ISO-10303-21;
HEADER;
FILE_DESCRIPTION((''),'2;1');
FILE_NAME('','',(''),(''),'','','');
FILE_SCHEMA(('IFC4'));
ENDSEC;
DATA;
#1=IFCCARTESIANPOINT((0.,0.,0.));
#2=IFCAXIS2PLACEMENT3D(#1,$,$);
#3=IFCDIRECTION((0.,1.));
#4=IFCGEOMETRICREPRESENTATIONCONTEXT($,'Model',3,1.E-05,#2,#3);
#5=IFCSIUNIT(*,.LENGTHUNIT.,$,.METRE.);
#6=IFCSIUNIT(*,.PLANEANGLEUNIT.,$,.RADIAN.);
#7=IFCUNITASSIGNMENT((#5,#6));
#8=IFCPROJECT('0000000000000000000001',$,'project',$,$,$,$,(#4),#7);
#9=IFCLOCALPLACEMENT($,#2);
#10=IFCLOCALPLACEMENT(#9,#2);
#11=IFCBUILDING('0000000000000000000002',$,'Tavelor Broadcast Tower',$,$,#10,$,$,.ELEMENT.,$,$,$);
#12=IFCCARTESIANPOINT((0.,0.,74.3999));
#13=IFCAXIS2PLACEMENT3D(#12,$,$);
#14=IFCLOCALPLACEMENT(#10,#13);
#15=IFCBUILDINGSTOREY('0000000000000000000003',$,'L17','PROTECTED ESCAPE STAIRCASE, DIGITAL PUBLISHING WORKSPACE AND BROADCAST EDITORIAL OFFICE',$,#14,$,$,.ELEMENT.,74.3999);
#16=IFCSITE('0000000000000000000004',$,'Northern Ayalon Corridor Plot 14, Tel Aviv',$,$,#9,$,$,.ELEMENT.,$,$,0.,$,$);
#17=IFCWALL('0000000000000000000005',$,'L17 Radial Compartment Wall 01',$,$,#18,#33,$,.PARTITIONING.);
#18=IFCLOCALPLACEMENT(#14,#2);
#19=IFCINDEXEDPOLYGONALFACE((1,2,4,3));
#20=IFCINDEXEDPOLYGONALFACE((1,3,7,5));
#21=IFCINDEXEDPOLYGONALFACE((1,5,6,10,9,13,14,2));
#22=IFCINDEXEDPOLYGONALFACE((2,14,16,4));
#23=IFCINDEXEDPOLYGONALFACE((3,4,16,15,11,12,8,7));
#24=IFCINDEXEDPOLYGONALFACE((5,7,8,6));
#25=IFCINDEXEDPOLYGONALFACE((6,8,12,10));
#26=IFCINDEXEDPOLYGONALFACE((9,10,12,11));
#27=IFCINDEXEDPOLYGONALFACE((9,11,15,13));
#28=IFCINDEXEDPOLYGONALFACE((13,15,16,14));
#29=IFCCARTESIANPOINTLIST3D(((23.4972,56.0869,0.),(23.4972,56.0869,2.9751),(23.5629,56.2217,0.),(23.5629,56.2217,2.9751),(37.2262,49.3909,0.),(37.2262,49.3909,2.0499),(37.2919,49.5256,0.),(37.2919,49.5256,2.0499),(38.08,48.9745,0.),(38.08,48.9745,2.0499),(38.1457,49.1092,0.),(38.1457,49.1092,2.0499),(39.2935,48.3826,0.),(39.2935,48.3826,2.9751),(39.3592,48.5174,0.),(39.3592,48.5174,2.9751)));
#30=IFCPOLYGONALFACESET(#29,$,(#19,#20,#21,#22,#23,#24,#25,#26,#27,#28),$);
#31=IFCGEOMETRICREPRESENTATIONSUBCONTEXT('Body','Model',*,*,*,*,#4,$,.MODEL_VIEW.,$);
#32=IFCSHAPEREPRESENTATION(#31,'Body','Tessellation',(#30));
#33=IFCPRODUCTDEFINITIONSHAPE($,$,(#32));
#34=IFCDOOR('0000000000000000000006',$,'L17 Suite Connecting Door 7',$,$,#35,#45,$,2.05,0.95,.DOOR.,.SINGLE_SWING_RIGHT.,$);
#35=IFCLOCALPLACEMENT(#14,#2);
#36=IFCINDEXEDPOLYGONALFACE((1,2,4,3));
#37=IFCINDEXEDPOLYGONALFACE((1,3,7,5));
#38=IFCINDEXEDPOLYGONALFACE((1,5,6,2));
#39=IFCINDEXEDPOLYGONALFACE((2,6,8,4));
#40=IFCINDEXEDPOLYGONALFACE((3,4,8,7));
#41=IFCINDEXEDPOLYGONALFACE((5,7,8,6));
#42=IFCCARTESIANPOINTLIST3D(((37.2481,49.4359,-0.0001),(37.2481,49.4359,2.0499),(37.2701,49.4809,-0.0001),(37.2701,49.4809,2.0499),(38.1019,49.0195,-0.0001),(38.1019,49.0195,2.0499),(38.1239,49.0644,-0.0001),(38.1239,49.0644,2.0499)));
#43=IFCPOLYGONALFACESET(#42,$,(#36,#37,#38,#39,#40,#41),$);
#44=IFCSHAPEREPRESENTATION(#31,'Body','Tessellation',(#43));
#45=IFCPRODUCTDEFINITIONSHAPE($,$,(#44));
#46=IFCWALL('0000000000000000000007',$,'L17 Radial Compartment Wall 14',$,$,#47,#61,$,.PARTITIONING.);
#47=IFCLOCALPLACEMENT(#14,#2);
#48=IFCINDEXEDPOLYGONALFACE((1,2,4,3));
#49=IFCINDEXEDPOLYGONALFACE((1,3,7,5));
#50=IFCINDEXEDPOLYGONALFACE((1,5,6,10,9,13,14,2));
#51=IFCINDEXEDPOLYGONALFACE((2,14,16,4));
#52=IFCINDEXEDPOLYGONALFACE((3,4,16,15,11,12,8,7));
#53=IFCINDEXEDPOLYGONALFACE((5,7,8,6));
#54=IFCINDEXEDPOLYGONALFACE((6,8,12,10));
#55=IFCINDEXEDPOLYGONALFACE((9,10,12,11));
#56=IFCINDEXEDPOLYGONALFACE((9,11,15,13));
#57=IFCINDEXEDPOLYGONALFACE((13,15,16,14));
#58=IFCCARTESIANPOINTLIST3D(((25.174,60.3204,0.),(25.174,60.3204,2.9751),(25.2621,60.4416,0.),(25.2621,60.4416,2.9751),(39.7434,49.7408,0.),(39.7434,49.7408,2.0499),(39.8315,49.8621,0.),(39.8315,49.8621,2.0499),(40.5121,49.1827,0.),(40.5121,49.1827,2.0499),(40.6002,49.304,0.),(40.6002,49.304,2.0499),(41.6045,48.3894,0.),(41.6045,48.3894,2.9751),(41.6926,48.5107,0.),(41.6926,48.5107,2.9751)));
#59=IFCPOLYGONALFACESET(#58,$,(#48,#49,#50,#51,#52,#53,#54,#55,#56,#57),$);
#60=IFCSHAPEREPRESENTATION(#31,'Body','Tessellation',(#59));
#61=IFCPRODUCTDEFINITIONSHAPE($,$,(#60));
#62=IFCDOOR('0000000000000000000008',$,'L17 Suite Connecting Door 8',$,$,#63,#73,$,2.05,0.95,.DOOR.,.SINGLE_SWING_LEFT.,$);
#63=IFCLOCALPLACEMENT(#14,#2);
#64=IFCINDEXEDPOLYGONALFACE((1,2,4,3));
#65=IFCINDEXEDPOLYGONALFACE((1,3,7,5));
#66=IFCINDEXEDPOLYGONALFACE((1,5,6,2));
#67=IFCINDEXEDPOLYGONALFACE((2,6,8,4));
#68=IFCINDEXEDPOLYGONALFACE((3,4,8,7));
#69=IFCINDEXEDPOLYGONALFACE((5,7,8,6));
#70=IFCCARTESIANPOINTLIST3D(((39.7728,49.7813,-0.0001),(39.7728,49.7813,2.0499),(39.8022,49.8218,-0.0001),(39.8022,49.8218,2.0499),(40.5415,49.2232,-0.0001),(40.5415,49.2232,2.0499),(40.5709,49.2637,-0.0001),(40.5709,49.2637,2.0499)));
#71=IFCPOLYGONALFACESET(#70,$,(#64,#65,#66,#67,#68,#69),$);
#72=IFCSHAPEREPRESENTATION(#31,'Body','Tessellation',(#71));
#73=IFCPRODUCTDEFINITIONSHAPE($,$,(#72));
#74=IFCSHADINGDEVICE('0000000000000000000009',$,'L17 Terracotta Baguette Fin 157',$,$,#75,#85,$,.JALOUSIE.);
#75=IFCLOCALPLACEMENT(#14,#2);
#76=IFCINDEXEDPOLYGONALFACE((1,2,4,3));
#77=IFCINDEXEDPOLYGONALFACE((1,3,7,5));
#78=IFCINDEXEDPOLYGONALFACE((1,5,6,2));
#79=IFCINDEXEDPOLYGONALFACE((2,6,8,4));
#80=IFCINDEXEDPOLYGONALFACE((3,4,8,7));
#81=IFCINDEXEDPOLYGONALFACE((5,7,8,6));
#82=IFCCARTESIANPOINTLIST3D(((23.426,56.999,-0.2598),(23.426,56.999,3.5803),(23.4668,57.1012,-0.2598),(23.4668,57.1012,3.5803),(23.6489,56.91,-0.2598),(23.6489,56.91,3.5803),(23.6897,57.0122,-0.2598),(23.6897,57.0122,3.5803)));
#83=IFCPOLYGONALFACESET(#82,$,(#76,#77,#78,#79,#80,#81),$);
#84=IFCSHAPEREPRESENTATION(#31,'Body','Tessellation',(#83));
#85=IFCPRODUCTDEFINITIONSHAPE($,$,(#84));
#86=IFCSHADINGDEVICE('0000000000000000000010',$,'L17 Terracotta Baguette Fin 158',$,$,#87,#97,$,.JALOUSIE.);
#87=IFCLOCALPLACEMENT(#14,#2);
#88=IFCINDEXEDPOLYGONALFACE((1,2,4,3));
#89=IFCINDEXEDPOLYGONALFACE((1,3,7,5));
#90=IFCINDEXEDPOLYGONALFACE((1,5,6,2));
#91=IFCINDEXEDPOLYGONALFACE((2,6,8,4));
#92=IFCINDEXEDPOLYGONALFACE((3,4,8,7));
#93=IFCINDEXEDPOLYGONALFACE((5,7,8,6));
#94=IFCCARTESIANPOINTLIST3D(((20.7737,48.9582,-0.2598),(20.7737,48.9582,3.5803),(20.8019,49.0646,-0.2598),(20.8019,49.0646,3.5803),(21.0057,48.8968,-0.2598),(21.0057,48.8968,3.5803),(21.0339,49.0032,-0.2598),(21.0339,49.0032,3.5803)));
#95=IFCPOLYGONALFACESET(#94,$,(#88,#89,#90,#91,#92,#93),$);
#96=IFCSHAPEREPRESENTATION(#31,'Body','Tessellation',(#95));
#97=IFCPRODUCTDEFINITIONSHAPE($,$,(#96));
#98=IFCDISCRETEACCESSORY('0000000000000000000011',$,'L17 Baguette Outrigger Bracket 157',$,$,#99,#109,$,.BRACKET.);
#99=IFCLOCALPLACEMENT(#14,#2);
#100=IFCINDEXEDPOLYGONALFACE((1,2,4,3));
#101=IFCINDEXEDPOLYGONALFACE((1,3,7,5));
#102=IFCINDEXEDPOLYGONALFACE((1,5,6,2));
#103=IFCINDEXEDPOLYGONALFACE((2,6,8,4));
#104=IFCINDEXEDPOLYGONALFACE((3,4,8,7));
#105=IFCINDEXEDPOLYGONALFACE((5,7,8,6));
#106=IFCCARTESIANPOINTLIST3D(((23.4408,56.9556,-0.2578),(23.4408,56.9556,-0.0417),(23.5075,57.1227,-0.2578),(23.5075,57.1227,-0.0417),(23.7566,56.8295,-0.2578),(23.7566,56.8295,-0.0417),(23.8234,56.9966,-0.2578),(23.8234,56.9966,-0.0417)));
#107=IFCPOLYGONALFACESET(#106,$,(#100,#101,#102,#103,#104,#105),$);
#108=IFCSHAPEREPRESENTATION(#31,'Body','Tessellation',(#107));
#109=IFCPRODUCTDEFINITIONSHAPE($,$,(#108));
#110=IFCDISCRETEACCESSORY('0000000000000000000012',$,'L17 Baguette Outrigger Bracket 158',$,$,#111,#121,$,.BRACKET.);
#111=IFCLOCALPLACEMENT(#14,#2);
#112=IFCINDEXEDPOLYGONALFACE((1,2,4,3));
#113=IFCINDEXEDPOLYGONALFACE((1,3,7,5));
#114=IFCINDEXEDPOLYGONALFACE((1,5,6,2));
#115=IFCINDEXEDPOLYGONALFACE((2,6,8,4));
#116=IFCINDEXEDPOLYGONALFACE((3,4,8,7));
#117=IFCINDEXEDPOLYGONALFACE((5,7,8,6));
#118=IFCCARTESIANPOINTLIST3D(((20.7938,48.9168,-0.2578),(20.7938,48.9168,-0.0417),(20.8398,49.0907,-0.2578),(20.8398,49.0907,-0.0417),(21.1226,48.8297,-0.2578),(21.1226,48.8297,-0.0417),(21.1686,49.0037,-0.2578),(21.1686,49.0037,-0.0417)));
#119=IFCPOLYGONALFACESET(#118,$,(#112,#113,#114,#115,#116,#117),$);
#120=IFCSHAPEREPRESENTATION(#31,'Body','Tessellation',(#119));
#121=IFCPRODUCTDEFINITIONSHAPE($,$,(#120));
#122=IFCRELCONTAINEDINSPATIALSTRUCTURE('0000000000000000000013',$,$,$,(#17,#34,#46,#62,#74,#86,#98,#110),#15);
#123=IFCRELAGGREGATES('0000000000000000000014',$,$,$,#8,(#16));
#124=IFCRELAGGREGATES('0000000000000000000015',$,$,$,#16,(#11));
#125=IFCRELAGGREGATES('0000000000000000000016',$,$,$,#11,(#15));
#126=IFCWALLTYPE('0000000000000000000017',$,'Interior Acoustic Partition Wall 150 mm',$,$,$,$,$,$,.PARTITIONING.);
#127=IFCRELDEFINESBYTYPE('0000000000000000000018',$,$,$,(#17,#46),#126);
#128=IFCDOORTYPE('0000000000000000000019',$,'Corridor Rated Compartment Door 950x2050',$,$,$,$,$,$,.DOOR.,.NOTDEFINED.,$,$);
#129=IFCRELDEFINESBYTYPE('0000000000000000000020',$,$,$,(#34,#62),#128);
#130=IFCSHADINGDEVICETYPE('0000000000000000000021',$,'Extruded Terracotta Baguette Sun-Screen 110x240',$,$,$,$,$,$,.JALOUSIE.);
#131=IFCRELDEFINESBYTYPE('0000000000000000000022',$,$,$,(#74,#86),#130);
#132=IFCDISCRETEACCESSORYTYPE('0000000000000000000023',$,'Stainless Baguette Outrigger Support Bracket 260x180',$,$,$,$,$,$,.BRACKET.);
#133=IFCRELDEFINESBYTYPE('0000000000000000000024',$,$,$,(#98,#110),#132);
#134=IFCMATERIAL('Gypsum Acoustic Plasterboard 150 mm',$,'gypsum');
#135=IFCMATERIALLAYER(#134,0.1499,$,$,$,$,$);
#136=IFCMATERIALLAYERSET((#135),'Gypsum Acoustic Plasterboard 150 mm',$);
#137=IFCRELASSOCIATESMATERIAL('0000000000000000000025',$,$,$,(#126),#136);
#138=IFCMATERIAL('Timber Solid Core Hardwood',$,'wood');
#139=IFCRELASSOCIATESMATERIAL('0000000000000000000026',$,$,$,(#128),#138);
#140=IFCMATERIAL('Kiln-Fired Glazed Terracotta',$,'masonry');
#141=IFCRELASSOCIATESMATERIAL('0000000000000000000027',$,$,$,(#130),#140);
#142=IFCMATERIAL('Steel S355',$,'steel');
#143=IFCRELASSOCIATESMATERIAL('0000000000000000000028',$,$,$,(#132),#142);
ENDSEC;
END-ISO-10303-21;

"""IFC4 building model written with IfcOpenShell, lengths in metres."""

from ifc_helpers import new_model, si_unit, direction, frame, frame_2d, origin, origin_2d, place, context, subcontext, project, spatial, rectangle, extrude, source, transform, mapped, material, layer, layer_set, type_object, type_shapes, element, fill, save


model = new_model("IFC4")

# Units and contexts
model_context = context("Model", 3, precision=1e-05, world=origin(), true_north=direction((0.0, 1.0)))
body_context = subcontext(model_context, "Body", "Model", "MODEL_VIEW")
ifc_project = project(units=[si_unit("LENGTHUNIT", "METRE"), si_unit("PLANEANGLEUNIT", "RADIAN")], contexts=[model_context])

# Site, building, storey
site_placement = place(None, origin())
site = spatial("IfcSite", under=ifc_project, at=site_placement, Name="Northern Ayalon Corridor Plot 14, Tel Aviv", CompositionType="ELEMENT", RefElevation=0.0)
building_placement = place(site_placement, origin())
building = spatial("IfcBuilding", under=site, at=building_placement, Name="Tavelor Broadcast Tower", CompositionType="ELEMENT")
storey_placement = place(building_placement, frame((0.0, 0.0, 74.3999)))
storey = spatial("IfcBuildingStorey", under=building, at=storey_placement, Name="L17", Description="PROTECTED ESCAPE STAIRCASE, DIGITAL PUBLISHING WORKSPACE AND BROADCAST EDITORIAL OFFICE", CompositionType="ELEMENT", Elevation=74.3999)

# Shared definitions
ifc_material_1 = material(Name="Steel S355", Category="steel")

# Walls, openings, doors
ifc_material_2 = material(Name="Gypsum Acoustic Plasterboard 150 mm", Category="gypsum")
ifc_layer_1 = layer(ifc_material_2, 0.1499)
ifc_layer_set_1 = layer_set([ifc_layer_1], Name="Gypsum Acoustic Plasterboard 150 mm")
wall_type_1 = type_object("IfcWallType", Name="Interior Acoustic Partition Wall 150 mm", PredefinedType="PARTITIONING", material=ifc_layer_set_1)
wall_1_placement = place(storey_placement, frame((39.3264, 48.45, 0.0), z_axis=(0.0, 0.0, 1.0), x_axis=(-0.898796, 0.438368, 0.0)))
wall_1 = element("IfcWall", 1, at=wall_1_placement, inside=storey, type_object=wall_type_1, Name="L17 Radial Compartment Wall 01", PredefinedType="PARTITIONING", context=body_context, shape_type="SweptSolid", body=[
    extrude(rectangle(XDim=17.575, YDim=0.1499, at=frame_2d((8.7876, 0.0))), origin(), (0.0, 0.0, 1.0), 2.9751),
])
opening_1_placement = place(wall_1_placement, frame((1.3501, 0.0, 0.0)))
opening_1 = element("IfcOpeningElement", 2, at=opening_1_placement, cuts=wall_1, PredefinedType="OPENING", context=body_context, shape_type="SweptSolid", body=[
    extrude(rectangle(XDim=0.95, YDim=2.05, at=frame_2d((0.4751, 1.0249))), frame((0.0, 0.085, 0.0), z_axis=(0.0, -1.0, 0.0), x_axis=(1.0, 0.0, 0.0)), (0.0, 0.0, 1.0), 0.1699),
])
ifc_material_3 = material(Name="Timber Solid Core Hardwood", Category="wood")
door_type_1 = type_object("IfcDoorType", Name="Corridor Rated Compartment Door 950x2050", OperationType="NOTDEFINED", PredefinedType="DOOR", material=ifc_material_3)
door_1_placement = place(opening_1_placement, origin())
door_1 = element("IfcDoor", 3, at=door_1_placement, inside=storey, type_object=door_type_1, Name="L17 Suite Connecting Door 7", OperationType="SINGLE_SWING_RIGHT", OverallHeight=2.05, OverallWidth=0.95, PredefinedType="DOOR", context=body_context, shape_type="SweptSolid", body=[
    extrude(rectangle(XDim=0.95, YDim=2.05, at=frame_2d((0.4751, 1.0249))), frame((0.0, 0.0249, 0.0), z_axis=(0.0, -1.0, 0.0), x_axis=(1.0, 0.0, 0.0)), (0.0, 0.0, 1.0), 0.05),
])
fill(opening_1, door_1)
wall_2_placement = place(storey_placement, frame((41.6487, 48.45, 0.0), z_axis=(0.0, 0.0, 1.0), x_axis=(-0.809169, 0.587576, 0.0)))
wall_2 = element("IfcWall", 4, at=wall_2_placement, inside=storey, type_object=wall_type_1, Name="L17 Radial Compartment Wall 14", PredefinedType="PARTITIONING", context=body_context, shape_type="SweptSolid", body=[
    extrude(rectangle(XDim=20.3054, YDim=0.1499, at=frame_2d((10.1528, 0.0))), origin(), (0.0, 0.0, 1.0), 2.9751),
])
opening_2_placement = place(wall_2_placement, frame((1.3501, 0.0, 0.0)))
opening_2 = element("IfcOpeningElement", 5, at=opening_2_placement, cuts=wall_2, PredefinedType="OPENING", context=body_context, shape_type="SweptSolid", body=[
    extrude(rectangle(XDim=0.95, YDim=2.05, at=frame_2d((0.4751, 1.0249))), frame((0.0, 0.085, 0.0), z_axis=(0.0, -1.0, 0.0), x_axis=(1.0, 0.0, 0.0)), (0.0, 0.0, 1.0), 0.1699),
])
door_2_placement = place(opening_2_placement, origin())
door_2 = element("IfcDoor", 6, at=door_2_placement, inside=storey, type_object=door_type_1, Name="L17 Suite Connecting Door 8", OperationType="SINGLE_SWING_LEFT", OverallHeight=2.05, OverallWidth=0.95, PredefinedType="DOOR", context=body_context, shape_type="SweptSolid", body=[
    extrude(rectangle(XDim=0.95, YDim=2.05, at=frame_2d((0.4751, 1.0249))), frame((0.0, 0.0249, 0.0), z_axis=(0.0, -1.0, 0.0), x_axis=(1.0, 0.0, 0.0)), (0.0, 0.0, 1.0), 0.05),
])
fill(opening_2, door_2)

# Shading devices
ifc_material_4 = material(Name="Kiln-Fired Glazed Terracotta", Category="masonry")
shading_device_type = type_object("IfcShadingDeviceType", Name="Extruded Terracotta Baguette Sun-Screen 110x240", PredefinedType="JALOUSIE", material=ifc_material_4)
shared_shape_1 = source(origin(), body_context, "Body", "SweptSolid", [
    extrude(rectangle(XDim=0.1101, YDim=0.24, at=origin_2d()), origin(), (0.0, 0.0, 1.0), 3.8401),
])
type_shapes(shading_device_type, [shared_shape_1])
for number, where, z_axis, x_axis, name in (
    (7, (23.5579, 57.0056, -0.2598), (0.0, 0.0, 1.0), (-0.370882, -0.92868, 0.0), "L17 Terracotta Baguette Fin 157"),
    (8, (20.9038, 48.9807, -0.2598), (0.0, 0.0, 1.0), (-0.255952, -0.96669, 0.0), "L17 Terracotta Baguette Fin 158"),
):
    element("IfcShadingDevice", number, at=place(storey_placement, frame(where, z_axis=z_axis, x_axis=x_axis)), inside=storey, type_object=shading_device_type, Name=name, PredefinedType="JALOUSIE", context=body_context, shape_type="MappedRepresentation", body=[
        mapped(shared_shape_1, transform((0.0, 0.0, 0.0), scale=1.0)),
    ])

# Discrete accessories
discrete_accessory_type = type_object("IfcDiscreteAccessoryType", Name="Stainless Baguette Outrigger Support Bracket 260x180", PredefinedType="BRACKET", material=ifc_material_1)
shared_shape_2 = source(origin(), body_context, "Body", "SweptSolid", [
    extrude(rectangle(XDim=0.1799, YDim=0.3401, at=origin_2d()), origin(), (0.0, 0.0, 1.0), 0.2161),
])
type_shapes(discrete_accessory_type, [shared_shape_2])
for number, where, z_axis, x_axis, name in (
    (9, (23.6321, 56.9761, -0.2578), (0.0, 0.0, 1.0), (-0.370882, -0.92868, 0.0), "L17 Baguette Outrigger Bracket 157"),
    (10, (20.9812, 48.9602, -0.2578), (0.0, 0.0, 1.0), (-0.255952, -0.96669, 0.0), "L17 Baguette Outrigger Bracket 158"),
):
    element("IfcDiscreteAccessory", number, at=place(storey_placement, frame(where, z_axis=z_axis, x_axis=x_axis)), inside=storey, type_object=discrete_accessory_type, Name=name, PredefinedType="BRACKET", context=body_context, shape_type="MappedRepresentation", body=[
        mapped(shared_shape_2, transform((0.0, 0.0, 0.0), scale=1.0)),
    ])

save(model, "model.ifc")
